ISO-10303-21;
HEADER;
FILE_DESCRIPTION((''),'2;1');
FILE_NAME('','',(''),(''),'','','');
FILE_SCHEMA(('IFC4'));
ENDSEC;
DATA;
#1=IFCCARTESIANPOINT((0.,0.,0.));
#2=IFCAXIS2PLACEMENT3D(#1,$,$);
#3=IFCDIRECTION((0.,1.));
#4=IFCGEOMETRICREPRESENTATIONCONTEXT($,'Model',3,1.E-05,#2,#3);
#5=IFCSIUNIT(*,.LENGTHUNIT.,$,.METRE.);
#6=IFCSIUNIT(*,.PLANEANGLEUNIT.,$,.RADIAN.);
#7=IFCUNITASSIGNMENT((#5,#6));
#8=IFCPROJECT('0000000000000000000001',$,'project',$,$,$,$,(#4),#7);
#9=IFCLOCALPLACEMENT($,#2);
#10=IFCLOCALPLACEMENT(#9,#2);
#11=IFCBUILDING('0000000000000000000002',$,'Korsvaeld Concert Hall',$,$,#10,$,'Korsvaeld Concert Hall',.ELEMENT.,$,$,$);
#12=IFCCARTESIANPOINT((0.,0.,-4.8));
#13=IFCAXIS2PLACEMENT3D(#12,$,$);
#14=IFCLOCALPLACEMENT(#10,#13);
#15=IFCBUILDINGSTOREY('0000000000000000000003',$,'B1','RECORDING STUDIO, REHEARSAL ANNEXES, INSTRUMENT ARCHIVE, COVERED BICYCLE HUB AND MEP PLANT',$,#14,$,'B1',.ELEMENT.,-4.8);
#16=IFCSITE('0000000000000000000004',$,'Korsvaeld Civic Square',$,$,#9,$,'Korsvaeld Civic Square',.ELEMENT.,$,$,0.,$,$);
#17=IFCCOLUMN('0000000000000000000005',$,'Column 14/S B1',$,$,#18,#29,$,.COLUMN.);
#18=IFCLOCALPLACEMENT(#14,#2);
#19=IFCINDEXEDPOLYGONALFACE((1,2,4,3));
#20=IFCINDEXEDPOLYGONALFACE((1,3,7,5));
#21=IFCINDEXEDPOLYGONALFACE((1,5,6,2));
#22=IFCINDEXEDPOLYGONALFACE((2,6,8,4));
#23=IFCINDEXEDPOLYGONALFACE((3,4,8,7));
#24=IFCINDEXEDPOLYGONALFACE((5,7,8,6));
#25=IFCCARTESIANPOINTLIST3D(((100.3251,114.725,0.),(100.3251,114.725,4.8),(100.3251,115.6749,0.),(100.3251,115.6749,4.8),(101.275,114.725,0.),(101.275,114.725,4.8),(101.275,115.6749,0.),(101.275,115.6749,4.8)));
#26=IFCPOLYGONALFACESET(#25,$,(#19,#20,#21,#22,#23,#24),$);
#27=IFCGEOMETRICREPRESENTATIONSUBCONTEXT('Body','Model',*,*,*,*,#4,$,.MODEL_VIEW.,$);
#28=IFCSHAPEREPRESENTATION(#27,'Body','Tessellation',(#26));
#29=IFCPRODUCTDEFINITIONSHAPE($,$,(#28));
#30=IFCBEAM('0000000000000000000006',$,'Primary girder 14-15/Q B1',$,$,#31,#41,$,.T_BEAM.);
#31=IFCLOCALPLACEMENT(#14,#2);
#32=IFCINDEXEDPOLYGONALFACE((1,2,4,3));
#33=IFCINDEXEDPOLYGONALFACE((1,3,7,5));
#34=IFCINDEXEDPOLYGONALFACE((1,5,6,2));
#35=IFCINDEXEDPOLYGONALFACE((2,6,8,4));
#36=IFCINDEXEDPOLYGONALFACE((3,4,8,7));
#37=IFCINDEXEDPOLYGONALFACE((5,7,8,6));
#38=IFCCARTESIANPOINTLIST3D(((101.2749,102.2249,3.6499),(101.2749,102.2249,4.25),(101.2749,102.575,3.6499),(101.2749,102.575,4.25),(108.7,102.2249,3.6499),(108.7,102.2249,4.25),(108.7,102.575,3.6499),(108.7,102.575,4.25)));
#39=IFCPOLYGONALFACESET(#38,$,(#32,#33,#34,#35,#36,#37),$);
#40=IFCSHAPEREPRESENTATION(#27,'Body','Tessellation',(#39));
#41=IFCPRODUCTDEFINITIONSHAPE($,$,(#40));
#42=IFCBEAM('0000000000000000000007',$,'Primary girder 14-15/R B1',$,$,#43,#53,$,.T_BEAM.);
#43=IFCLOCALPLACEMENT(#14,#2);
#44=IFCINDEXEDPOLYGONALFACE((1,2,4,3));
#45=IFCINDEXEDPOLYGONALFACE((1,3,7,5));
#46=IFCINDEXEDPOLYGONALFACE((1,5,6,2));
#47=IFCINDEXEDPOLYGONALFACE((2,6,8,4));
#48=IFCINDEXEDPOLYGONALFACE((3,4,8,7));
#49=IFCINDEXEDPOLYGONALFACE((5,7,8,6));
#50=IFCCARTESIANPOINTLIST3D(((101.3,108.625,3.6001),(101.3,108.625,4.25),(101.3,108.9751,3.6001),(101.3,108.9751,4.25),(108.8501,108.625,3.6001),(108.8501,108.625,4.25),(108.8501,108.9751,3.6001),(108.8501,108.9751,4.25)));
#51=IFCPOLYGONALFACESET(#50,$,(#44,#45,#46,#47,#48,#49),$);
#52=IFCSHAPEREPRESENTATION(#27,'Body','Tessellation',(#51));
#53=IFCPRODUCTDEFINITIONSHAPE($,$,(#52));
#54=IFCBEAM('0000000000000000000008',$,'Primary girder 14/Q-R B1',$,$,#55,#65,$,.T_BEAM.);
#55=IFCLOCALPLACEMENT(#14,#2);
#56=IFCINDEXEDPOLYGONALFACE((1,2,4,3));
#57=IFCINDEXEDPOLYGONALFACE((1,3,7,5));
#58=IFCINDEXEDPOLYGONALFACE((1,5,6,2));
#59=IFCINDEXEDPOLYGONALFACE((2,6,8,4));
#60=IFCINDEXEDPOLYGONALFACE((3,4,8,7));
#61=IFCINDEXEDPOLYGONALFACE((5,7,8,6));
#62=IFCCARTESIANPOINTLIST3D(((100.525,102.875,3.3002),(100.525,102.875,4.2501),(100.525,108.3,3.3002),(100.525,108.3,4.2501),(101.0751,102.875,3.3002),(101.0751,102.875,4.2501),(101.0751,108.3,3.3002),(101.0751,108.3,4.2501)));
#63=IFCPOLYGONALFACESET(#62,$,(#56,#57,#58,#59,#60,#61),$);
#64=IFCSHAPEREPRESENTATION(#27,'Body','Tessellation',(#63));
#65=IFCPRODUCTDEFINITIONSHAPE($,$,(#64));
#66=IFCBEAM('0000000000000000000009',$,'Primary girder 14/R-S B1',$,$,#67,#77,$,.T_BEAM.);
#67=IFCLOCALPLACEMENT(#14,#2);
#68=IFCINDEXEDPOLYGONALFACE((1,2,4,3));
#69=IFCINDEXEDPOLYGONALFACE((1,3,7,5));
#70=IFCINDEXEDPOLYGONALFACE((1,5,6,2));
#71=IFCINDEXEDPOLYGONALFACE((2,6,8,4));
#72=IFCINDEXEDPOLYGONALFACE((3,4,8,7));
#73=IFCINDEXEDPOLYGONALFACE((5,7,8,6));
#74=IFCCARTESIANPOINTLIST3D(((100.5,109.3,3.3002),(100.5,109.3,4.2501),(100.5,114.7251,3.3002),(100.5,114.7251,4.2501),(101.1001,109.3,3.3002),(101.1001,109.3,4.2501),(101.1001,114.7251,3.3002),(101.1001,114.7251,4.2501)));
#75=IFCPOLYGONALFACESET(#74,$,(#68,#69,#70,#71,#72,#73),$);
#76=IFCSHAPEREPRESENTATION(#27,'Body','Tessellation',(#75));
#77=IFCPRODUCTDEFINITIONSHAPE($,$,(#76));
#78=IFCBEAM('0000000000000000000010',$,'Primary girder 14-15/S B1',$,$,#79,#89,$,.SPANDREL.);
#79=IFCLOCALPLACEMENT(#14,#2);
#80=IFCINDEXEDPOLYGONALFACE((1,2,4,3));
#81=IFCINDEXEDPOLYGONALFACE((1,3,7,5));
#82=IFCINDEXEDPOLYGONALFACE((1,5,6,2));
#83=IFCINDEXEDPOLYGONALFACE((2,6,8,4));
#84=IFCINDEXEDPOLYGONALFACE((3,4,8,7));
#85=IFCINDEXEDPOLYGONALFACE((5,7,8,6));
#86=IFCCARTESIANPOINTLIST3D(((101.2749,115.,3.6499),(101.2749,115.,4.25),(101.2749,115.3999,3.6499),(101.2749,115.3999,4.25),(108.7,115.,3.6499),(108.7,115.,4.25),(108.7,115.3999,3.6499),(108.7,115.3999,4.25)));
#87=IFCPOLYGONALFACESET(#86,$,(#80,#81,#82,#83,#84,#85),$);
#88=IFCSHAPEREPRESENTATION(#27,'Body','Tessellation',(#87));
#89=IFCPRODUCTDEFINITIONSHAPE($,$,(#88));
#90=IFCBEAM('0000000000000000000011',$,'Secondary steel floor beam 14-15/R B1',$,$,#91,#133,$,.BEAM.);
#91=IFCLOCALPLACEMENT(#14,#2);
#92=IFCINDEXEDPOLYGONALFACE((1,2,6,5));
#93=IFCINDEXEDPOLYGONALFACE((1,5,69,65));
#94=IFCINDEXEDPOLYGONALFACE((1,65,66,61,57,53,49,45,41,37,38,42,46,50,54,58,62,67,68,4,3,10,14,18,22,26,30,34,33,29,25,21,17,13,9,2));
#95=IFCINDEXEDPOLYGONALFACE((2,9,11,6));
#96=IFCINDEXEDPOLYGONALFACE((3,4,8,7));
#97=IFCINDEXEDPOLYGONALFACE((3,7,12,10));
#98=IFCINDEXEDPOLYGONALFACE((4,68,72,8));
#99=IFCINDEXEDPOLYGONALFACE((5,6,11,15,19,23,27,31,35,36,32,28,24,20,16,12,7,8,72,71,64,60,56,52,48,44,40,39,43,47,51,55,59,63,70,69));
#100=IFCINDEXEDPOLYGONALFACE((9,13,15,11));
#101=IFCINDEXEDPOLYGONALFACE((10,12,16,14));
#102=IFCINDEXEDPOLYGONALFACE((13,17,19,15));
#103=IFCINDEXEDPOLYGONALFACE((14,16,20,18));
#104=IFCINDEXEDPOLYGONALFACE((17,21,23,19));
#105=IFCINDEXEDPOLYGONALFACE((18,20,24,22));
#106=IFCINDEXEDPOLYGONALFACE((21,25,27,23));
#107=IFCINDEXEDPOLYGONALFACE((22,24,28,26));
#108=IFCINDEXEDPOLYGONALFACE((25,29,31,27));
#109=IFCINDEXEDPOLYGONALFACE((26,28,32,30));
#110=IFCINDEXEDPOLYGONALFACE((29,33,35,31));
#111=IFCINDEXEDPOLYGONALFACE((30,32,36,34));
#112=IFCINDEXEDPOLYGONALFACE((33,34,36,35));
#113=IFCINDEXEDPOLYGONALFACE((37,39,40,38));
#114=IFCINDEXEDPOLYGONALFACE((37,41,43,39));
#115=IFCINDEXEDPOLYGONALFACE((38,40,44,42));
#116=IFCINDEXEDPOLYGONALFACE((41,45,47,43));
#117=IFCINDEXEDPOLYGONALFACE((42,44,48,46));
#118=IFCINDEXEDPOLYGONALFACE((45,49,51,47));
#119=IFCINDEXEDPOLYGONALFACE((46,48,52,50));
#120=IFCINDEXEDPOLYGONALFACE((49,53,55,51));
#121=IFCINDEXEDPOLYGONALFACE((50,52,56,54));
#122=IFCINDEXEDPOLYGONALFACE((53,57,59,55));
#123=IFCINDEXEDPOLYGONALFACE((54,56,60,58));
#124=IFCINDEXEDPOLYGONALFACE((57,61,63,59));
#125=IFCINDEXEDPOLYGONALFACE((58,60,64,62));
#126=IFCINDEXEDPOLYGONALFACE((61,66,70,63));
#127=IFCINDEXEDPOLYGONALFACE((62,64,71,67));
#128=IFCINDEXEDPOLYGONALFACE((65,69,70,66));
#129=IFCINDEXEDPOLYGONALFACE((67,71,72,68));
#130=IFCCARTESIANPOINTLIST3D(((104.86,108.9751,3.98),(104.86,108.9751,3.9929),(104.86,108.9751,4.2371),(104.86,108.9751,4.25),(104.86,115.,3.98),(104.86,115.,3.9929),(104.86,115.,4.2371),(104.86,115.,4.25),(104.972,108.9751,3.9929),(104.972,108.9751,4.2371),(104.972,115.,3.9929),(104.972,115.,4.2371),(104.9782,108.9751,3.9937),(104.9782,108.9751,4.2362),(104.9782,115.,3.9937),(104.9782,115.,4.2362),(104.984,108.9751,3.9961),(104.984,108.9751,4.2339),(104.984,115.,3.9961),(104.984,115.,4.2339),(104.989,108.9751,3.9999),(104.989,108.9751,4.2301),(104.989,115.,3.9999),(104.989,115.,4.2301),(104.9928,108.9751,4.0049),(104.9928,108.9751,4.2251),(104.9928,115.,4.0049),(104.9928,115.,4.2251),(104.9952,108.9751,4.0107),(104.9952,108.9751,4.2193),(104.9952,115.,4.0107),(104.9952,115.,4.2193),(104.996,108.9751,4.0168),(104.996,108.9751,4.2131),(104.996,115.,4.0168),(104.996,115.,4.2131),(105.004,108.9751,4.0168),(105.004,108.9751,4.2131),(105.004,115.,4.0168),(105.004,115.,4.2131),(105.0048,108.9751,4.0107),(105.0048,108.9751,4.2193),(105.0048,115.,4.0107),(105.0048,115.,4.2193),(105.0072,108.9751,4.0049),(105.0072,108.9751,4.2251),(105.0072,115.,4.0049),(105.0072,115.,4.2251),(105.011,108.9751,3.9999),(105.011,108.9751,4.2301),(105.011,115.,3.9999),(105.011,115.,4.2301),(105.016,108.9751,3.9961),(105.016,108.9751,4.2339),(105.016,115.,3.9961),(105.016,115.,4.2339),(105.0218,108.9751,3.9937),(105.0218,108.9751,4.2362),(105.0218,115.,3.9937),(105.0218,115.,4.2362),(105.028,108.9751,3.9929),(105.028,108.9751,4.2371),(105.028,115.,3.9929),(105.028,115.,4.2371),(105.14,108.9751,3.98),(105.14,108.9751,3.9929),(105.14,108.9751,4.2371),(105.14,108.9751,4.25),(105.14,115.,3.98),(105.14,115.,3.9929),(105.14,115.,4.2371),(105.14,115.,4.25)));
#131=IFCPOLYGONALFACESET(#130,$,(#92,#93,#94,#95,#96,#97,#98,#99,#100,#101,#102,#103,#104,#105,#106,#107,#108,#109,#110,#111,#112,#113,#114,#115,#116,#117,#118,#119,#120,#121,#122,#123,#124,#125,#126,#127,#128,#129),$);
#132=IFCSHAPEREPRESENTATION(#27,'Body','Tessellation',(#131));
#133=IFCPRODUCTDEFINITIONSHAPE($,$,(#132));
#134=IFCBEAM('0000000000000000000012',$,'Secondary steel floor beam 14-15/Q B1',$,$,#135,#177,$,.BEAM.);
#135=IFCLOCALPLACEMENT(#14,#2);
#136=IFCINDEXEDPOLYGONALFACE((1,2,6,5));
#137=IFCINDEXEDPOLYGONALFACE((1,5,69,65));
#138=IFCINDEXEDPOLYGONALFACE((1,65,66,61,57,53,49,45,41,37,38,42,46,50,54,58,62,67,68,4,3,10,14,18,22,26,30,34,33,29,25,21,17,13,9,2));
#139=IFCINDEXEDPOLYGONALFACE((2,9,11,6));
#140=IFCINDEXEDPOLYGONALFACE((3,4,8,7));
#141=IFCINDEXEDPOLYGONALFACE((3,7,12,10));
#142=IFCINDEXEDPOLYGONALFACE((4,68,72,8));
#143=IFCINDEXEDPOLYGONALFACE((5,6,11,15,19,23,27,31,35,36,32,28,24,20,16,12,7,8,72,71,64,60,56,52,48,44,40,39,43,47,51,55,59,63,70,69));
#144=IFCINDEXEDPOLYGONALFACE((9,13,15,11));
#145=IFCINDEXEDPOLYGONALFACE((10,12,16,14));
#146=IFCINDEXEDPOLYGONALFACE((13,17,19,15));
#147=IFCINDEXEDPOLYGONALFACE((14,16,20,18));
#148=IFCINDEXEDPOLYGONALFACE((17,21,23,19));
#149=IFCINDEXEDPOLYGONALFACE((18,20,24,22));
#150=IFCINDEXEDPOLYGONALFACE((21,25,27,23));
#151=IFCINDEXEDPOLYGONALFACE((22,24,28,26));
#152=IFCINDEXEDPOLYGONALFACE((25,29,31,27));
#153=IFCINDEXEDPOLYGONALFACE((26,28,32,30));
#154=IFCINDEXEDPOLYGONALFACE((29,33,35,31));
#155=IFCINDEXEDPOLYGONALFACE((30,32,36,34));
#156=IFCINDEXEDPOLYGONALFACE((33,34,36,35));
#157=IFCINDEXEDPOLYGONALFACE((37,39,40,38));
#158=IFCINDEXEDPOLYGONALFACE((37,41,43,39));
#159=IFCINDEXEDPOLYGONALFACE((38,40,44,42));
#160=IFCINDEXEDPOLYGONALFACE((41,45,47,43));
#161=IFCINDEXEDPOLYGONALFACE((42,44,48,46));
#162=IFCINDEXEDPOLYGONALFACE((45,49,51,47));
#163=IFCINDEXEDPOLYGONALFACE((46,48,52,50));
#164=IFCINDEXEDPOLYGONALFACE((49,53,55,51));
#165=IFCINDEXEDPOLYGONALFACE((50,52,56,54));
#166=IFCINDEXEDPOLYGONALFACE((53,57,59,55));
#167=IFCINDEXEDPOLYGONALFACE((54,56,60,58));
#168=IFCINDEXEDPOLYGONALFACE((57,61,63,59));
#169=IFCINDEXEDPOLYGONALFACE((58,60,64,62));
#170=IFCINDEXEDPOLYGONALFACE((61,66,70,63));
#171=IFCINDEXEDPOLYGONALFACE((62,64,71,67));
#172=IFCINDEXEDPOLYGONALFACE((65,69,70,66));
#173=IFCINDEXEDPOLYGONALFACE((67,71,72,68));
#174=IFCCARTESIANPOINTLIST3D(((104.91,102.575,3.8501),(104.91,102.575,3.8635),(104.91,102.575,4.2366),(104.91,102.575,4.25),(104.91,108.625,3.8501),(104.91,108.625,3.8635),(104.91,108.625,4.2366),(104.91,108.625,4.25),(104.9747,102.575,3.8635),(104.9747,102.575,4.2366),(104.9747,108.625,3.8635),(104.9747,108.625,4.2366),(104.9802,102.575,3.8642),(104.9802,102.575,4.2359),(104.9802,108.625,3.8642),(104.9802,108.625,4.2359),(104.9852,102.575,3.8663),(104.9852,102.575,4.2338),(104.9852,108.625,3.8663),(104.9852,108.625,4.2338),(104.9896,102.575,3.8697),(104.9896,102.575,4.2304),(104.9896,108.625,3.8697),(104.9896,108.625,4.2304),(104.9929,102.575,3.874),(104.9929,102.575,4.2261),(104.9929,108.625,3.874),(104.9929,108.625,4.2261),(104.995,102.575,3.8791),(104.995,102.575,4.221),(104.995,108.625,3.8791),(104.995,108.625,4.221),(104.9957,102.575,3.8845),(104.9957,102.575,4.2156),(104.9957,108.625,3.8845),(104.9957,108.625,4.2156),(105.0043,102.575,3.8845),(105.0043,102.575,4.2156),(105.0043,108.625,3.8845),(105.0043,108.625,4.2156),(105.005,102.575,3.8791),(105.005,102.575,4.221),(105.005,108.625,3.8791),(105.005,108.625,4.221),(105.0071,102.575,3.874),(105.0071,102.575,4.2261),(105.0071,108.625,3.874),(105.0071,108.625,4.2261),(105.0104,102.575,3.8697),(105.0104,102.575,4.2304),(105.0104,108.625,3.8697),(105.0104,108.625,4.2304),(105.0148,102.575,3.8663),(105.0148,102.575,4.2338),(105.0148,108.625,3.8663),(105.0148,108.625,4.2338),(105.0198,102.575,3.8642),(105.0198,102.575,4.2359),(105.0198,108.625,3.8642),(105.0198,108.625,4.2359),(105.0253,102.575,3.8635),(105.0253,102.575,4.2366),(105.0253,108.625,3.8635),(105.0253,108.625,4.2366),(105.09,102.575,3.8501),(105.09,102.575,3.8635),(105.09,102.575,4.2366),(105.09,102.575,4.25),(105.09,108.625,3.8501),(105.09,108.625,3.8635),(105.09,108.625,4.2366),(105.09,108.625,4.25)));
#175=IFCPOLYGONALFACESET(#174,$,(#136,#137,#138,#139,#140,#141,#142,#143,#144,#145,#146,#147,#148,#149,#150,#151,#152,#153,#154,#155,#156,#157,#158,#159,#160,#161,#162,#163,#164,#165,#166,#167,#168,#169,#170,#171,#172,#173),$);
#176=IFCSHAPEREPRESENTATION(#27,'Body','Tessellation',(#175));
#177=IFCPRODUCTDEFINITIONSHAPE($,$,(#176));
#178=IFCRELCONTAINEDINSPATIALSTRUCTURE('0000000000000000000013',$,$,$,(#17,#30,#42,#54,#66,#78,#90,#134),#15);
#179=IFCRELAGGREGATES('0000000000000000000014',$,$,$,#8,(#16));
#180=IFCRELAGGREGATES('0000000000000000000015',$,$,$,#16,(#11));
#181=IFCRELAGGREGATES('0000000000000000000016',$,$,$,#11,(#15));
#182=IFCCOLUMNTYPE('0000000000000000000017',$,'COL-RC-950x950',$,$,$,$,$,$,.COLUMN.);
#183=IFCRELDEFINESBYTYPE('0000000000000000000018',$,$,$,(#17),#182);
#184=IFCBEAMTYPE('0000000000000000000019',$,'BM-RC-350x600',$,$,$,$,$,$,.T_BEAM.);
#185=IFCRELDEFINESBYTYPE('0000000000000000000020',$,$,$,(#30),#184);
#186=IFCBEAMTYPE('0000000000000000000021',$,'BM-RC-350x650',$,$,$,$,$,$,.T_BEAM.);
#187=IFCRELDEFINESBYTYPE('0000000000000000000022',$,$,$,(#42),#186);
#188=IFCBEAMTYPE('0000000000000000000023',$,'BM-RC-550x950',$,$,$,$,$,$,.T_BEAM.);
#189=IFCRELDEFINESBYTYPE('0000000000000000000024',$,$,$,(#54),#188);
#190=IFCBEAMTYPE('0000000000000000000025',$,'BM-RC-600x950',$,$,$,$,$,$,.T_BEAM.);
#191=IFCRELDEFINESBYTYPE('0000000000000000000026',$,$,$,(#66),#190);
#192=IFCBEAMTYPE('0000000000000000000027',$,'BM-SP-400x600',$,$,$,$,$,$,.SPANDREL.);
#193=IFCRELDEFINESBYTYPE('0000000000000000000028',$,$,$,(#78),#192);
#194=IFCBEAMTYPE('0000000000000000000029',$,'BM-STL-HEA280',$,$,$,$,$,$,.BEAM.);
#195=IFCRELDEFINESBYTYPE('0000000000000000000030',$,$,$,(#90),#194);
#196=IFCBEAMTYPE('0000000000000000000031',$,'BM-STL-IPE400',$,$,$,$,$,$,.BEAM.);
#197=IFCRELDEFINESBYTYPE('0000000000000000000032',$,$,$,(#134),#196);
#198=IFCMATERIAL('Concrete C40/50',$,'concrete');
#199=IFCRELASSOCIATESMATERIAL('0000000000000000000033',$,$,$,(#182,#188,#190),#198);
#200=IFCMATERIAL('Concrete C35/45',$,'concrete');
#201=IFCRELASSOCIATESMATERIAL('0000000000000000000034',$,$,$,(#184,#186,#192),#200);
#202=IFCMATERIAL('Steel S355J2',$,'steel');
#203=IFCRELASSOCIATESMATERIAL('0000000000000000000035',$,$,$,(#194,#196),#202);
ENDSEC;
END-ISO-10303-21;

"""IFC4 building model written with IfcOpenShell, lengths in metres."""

from ifc_helpers import new_model, si_unit, direction, frame, origin, origin_2d, place, context, subcontext, project, spatial, rectangle, i_section, extrude, material, material_profile, profile_set, type_object, element, save


model = new_model("IFC4")

# Units and contexts
model_context = context("Model", 3, precision=1e-05, world=origin(), true_north=direction((0.0, 1.0)))
body_context = subcontext(model_context, "Body", "Model", "MODEL_VIEW")
ifc_project = project(units=[si_unit("LENGTHUNIT", "METRE"), si_unit("PLANEANGLEUNIT", "RADIAN")], contexts=[model_context])

# Site, building, storey
site_placement = place(None, origin())
site = spatial("IfcSite", under=ifc_project, at=site_placement, Name="Korsvaeld Civic Square", LongName="Korsvaeld Civic Square", CompositionType="ELEMENT", RefElevation=0.0)
building_placement = place(site_placement, origin())
building = spatial("IfcBuilding", under=site, at=building_placement, Name="Korsvaeld Concert Hall", LongName="Korsvaeld Concert Hall", CompositionType="ELEMENT")
storey_placement = place(building_placement, frame((0.0, 0.0, -4.8)))
storey = spatial("IfcBuildingStorey", under=building, at=storey_placement, Name="B1", Description="RECORDING STUDIO, REHEARSAL ANNEXES, INSTRUMENT ARCHIVE, COVERED BICYCLE HUB AND MEP PLANT", LongName="B1", CompositionType="ELEMENT", Elevation=-4.8)

# Shared definitions
ifc_material_1 = material(Name="Concrete C35/45", Category="concrete")

# Column
ifc_material_2 = material(Name="Concrete C40/50", Category="concrete")
ifc_material_profile_1 = material_profile(ifc_material_2, rectangle(XDim=0.95, YDim=0.95, at=origin_2d()), Name="RC 950x950")
ifc_profile_set_1 = profile_set([ifc_material_profile_1], Name="Concrete C40/50")
column_type_1 = type_object("IfcColumnType", Name="COL-RC-950x950", PredefinedType="COLUMN", material=ifc_profile_set_1)
column_1_placement = place(storey_placement, frame((100.8, 115.2, 0.0), z_axis=(0.0, 0.0, 1.0), x_axis=(1.0, 0.0, 0.0)))
element("IfcColumn", 1, at=column_1_placement, inside=storey, type_object=column_type_1, Name="Column 14/S B1", PredefinedType="COLUMN", context=body_context, shape_type="SweptSolid", body=[
    extrude(rectangle(XDim=0.95, YDim=0.95, at=origin_2d()), origin(), (0.0, 0.0, 1.0), 4.8),
])

# Beams
ifc_material_profile_2 = material_profile(ifc_material_1, rectangle(XDim=0.3501, YDim=0.6001, at=origin_2d()), Name="RC 350x600")
ifc_profile_set_2 = profile_set([ifc_material_profile_2], Name="Concrete C35/45")
beam_type_1 = type_object("IfcBeamType", Name="BM-RC-350x600", PredefinedType="T_BEAM", material=ifc_profile_set_2)
beam_1_placement = place(storey_placement, frame((101.2749, 102.3999, 3.95), z_axis=(1.0, 0.0, 0.0), x_axis=(0.0, 1.0, 0.0)))
element("IfcBeam", 2, at=beam_1_placement, inside=storey, type_object=beam_type_1, Name="Primary girder 14-15/Q B1", PredefinedType="T_BEAM", context=body_context, shape_type="SweptSolid", body=[
    extrude(rectangle(XDim=0.3501, YDim=0.6001, at=origin_2d()), origin(), (0.0, 0.0, 1.0), 7.425),
])
ifc_material_profile_3 = material_profile(ifc_material_1, rectangle(XDim=0.3501, YDim=0.6499, at=origin_2d()), Name="RC 350x650")
ifc_profile_set_3 = profile_set([ifc_material_profile_3], Name="Concrete C35/45")
beam_type_2 = type_object("IfcBeamType", Name="BM-RC-350x650", PredefinedType="T_BEAM", material=ifc_profile_set_3)
beam_2_placement = place(storey_placement, frame((101.3, 108.8, 3.925), z_axis=(1.0, 0.0, 0.0), x_axis=(0.0, 1.0, 0.0)))
element("IfcBeam", 3, at=beam_2_placement, inside=storey, type_object=beam_type_2, Name="Primary girder 14-15/R B1", PredefinedType="T_BEAM", context=body_context, shape_type="SweptSolid", body=[
    extrude(rectangle(XDim=0.3501, YDim=0.6499, at=origin_2d()), origin(), (0.0, 0.0, 1.0), 7.55),
])
ifc_material_profile_4 = material_profile(ifc_material_2, rectangle(XDim=0.55, YDim=0.95, at=origin_2d()), Name="RC 550x950")
ifc_profile_set_4 = profile_set([ifc_material_profile_4], Name="Concrete C40/50")
beam_type_3 = type_object("IfcBeamType", Name="BM-RC-550x950", PredefinedType="T_BEAM", material=ifc_profile_set_4)
beam_3_placement = place(storey_placement, frame((100.8, 102.875, 3.7751), z_axis=(0.0, 1.0, 0.0), x_axis=(-1.0, 0.0, 0.0)))
element("IfcBeam", 4, at=beam_3_placement, inside=storey, type_object=beam_type_3, Name="Primary girder 14/Q-R B1", PredefinedType="T_BEAM", context=body_context, shape_type="SweptSolid", body=[
    extrude(rectangle(XDim=0.55, YDim=0.95, at=origin_2d()), origin(), (0.0, 0.0, 1.0), 5.425),
])
ifc_material_profile_5 = material_profile(ifc_material_2, rectangle(XDim=0.6001, YDim=0.95, at=origin_2d()), Name="RC 600x950")
ifc_profile_set_5 = profile_set([ifc_material_profile_5], Name="Concrete C40/50")
beam_type_4 = type_object("IfcBeamType", Name="BM-RC-600x950", PredefinedType="T_BEAM", material=ifc_profile_set_5)
beam_4_placement = place(storey_placement, frame((100.8, 109.3, 3.7751), z_axis=(0.0, 1.0, 0.0), x_axis=(-1.0, 0.0, 0.0)))
element("IfcBeam", 5, at=beam_4_placement, inside=storey, type_object=beam_type_4, Name="Primary girder 14/R-S B1", PredefinedType="T_BEAM", context=body_context, shape_type="SweptSolid", body=[
    extrude(rectangle(XDim=0.6001, YDim=0.95, at=origin_2d()), origin(), (0.0, 0.0, 1.0), 5.425),
])
ifc_material_profile_6 = material_profile(ifc_material_1, rectangle(XDim=0.3999, YDim=0.6001, at=origin_2d()), Name="RC 400x600")
ifc_profile_set_6 = profile_set([ifc_material_profile_6], Name="Concrete C35/45")
beam_type_5 = type_object("IfcBeamType", Name="BM-SP-400x600", PredefinedType="SPANDREL", material=ifc_profile_set_6)
beam_5_placement = place(storey_placement, frame((101.2749, 115.2, 3.95), z_axis=(1.0, 0.0, 0.0), x_axis=(0.0, 1.0, 0.0)))
element("IfcBeam", 6, at=beam_5_placement, inside=storey, type_object=beam_type_5, Name="Primary girder 14-15/S B1", PredefinedType="SPANDREL", context=body_context, shape_type="SweptSolid", body=[
    extrude(rectangle(XDim=0.3999, YDim=0.6001, at=origin_2d()), origin(), (0.0, 0.0, 1.0), 7.425),
])
ifc_material_3 = material(Name="Steel S355J2", Category="steel")
ifc_material_profile_7 = material_profile(ifc_material_3, i_section(OverallWidth=0.28, OverallDepth=0.27, WebThickness=0.0081, FlangeThickness=0.0129, FilletRadius=0.0239, at=origin_2d()), Name="HEA 280")
ifc_profile_set_7 = profile_set([ifc_material_profile_7], Name="Steel S355J2")
beam_type_6 = type_object("IfcBeamType", Name="BM-STL-HEA280", PredefinedType="BEAM", material=ifc_profile_set_7)
beam_6_placement = place(storey_placement, frame((105.0, 108.9751, 4.115), z_axis=(0.0, 1.0, 0.0), x_axis=(-1.0, 0.0, 0.0)))
element("IfcBeam", 7, at=beam_6_placement, inside=storey, type_object=beam_type_6, Name="Secondary steel floor beam 14-15/R B1", PredefinedType="BEAM", context=body_context, shape_type="SweptSolid", body=[
    extrude(i_section(OverallWidth=0.28, OverallDepth=0.27, WebThickness=0.0081, FlangeThickness=0.0129, FilletRadius=0.0239, at=origin_2d()), origin(), (0.0, 0.0, 1.0), 6.0249),
])
ifc_material_profile_8 = material_profile(ifc_material_3, i_section(OverallWidth=0.1799, OverallDepth=0.3999, WebThickness=0.0085, FlangeThickness=0.0134, FilletRadius=0.021, at=origin_2d()), Name="IPE 400")
ifc_profile_set_8 = profile_set([ifc_material_profile_8], Name="Steel S355J2")
beam_type_7 = type_object("IfcBeamType", Name="BM-STL-IPE400", PredefinedType="BEAM", material=ifc_profile_set_8)
beam_7_placement = place(storey_placement, frame((105.0, 102.575, 4.05), z_axis=(0.0, 1.0, 0.0), x_axis=(-1.0, 0.0, 0.0)))
element("IfcBeam", 8, at=beam_7_placement, inside=storey, type_object=beam_type_7, Name="Secondary steel floor beam 14-15/Q B1", PredefinedType="BEAM", context=body_context, shape_type="SweptSolid", body=[
    extrude(i_section(OverallWidth=0.1799, OverallDepth=0.3999, WebThickness=0.0085, FlangeThickness=0.0134, FilletRadius=0.021, at=origin_2d()), origin(), (0.0, 0.0, 1.0), 6.05),
])

save(model, "model.ifc")
